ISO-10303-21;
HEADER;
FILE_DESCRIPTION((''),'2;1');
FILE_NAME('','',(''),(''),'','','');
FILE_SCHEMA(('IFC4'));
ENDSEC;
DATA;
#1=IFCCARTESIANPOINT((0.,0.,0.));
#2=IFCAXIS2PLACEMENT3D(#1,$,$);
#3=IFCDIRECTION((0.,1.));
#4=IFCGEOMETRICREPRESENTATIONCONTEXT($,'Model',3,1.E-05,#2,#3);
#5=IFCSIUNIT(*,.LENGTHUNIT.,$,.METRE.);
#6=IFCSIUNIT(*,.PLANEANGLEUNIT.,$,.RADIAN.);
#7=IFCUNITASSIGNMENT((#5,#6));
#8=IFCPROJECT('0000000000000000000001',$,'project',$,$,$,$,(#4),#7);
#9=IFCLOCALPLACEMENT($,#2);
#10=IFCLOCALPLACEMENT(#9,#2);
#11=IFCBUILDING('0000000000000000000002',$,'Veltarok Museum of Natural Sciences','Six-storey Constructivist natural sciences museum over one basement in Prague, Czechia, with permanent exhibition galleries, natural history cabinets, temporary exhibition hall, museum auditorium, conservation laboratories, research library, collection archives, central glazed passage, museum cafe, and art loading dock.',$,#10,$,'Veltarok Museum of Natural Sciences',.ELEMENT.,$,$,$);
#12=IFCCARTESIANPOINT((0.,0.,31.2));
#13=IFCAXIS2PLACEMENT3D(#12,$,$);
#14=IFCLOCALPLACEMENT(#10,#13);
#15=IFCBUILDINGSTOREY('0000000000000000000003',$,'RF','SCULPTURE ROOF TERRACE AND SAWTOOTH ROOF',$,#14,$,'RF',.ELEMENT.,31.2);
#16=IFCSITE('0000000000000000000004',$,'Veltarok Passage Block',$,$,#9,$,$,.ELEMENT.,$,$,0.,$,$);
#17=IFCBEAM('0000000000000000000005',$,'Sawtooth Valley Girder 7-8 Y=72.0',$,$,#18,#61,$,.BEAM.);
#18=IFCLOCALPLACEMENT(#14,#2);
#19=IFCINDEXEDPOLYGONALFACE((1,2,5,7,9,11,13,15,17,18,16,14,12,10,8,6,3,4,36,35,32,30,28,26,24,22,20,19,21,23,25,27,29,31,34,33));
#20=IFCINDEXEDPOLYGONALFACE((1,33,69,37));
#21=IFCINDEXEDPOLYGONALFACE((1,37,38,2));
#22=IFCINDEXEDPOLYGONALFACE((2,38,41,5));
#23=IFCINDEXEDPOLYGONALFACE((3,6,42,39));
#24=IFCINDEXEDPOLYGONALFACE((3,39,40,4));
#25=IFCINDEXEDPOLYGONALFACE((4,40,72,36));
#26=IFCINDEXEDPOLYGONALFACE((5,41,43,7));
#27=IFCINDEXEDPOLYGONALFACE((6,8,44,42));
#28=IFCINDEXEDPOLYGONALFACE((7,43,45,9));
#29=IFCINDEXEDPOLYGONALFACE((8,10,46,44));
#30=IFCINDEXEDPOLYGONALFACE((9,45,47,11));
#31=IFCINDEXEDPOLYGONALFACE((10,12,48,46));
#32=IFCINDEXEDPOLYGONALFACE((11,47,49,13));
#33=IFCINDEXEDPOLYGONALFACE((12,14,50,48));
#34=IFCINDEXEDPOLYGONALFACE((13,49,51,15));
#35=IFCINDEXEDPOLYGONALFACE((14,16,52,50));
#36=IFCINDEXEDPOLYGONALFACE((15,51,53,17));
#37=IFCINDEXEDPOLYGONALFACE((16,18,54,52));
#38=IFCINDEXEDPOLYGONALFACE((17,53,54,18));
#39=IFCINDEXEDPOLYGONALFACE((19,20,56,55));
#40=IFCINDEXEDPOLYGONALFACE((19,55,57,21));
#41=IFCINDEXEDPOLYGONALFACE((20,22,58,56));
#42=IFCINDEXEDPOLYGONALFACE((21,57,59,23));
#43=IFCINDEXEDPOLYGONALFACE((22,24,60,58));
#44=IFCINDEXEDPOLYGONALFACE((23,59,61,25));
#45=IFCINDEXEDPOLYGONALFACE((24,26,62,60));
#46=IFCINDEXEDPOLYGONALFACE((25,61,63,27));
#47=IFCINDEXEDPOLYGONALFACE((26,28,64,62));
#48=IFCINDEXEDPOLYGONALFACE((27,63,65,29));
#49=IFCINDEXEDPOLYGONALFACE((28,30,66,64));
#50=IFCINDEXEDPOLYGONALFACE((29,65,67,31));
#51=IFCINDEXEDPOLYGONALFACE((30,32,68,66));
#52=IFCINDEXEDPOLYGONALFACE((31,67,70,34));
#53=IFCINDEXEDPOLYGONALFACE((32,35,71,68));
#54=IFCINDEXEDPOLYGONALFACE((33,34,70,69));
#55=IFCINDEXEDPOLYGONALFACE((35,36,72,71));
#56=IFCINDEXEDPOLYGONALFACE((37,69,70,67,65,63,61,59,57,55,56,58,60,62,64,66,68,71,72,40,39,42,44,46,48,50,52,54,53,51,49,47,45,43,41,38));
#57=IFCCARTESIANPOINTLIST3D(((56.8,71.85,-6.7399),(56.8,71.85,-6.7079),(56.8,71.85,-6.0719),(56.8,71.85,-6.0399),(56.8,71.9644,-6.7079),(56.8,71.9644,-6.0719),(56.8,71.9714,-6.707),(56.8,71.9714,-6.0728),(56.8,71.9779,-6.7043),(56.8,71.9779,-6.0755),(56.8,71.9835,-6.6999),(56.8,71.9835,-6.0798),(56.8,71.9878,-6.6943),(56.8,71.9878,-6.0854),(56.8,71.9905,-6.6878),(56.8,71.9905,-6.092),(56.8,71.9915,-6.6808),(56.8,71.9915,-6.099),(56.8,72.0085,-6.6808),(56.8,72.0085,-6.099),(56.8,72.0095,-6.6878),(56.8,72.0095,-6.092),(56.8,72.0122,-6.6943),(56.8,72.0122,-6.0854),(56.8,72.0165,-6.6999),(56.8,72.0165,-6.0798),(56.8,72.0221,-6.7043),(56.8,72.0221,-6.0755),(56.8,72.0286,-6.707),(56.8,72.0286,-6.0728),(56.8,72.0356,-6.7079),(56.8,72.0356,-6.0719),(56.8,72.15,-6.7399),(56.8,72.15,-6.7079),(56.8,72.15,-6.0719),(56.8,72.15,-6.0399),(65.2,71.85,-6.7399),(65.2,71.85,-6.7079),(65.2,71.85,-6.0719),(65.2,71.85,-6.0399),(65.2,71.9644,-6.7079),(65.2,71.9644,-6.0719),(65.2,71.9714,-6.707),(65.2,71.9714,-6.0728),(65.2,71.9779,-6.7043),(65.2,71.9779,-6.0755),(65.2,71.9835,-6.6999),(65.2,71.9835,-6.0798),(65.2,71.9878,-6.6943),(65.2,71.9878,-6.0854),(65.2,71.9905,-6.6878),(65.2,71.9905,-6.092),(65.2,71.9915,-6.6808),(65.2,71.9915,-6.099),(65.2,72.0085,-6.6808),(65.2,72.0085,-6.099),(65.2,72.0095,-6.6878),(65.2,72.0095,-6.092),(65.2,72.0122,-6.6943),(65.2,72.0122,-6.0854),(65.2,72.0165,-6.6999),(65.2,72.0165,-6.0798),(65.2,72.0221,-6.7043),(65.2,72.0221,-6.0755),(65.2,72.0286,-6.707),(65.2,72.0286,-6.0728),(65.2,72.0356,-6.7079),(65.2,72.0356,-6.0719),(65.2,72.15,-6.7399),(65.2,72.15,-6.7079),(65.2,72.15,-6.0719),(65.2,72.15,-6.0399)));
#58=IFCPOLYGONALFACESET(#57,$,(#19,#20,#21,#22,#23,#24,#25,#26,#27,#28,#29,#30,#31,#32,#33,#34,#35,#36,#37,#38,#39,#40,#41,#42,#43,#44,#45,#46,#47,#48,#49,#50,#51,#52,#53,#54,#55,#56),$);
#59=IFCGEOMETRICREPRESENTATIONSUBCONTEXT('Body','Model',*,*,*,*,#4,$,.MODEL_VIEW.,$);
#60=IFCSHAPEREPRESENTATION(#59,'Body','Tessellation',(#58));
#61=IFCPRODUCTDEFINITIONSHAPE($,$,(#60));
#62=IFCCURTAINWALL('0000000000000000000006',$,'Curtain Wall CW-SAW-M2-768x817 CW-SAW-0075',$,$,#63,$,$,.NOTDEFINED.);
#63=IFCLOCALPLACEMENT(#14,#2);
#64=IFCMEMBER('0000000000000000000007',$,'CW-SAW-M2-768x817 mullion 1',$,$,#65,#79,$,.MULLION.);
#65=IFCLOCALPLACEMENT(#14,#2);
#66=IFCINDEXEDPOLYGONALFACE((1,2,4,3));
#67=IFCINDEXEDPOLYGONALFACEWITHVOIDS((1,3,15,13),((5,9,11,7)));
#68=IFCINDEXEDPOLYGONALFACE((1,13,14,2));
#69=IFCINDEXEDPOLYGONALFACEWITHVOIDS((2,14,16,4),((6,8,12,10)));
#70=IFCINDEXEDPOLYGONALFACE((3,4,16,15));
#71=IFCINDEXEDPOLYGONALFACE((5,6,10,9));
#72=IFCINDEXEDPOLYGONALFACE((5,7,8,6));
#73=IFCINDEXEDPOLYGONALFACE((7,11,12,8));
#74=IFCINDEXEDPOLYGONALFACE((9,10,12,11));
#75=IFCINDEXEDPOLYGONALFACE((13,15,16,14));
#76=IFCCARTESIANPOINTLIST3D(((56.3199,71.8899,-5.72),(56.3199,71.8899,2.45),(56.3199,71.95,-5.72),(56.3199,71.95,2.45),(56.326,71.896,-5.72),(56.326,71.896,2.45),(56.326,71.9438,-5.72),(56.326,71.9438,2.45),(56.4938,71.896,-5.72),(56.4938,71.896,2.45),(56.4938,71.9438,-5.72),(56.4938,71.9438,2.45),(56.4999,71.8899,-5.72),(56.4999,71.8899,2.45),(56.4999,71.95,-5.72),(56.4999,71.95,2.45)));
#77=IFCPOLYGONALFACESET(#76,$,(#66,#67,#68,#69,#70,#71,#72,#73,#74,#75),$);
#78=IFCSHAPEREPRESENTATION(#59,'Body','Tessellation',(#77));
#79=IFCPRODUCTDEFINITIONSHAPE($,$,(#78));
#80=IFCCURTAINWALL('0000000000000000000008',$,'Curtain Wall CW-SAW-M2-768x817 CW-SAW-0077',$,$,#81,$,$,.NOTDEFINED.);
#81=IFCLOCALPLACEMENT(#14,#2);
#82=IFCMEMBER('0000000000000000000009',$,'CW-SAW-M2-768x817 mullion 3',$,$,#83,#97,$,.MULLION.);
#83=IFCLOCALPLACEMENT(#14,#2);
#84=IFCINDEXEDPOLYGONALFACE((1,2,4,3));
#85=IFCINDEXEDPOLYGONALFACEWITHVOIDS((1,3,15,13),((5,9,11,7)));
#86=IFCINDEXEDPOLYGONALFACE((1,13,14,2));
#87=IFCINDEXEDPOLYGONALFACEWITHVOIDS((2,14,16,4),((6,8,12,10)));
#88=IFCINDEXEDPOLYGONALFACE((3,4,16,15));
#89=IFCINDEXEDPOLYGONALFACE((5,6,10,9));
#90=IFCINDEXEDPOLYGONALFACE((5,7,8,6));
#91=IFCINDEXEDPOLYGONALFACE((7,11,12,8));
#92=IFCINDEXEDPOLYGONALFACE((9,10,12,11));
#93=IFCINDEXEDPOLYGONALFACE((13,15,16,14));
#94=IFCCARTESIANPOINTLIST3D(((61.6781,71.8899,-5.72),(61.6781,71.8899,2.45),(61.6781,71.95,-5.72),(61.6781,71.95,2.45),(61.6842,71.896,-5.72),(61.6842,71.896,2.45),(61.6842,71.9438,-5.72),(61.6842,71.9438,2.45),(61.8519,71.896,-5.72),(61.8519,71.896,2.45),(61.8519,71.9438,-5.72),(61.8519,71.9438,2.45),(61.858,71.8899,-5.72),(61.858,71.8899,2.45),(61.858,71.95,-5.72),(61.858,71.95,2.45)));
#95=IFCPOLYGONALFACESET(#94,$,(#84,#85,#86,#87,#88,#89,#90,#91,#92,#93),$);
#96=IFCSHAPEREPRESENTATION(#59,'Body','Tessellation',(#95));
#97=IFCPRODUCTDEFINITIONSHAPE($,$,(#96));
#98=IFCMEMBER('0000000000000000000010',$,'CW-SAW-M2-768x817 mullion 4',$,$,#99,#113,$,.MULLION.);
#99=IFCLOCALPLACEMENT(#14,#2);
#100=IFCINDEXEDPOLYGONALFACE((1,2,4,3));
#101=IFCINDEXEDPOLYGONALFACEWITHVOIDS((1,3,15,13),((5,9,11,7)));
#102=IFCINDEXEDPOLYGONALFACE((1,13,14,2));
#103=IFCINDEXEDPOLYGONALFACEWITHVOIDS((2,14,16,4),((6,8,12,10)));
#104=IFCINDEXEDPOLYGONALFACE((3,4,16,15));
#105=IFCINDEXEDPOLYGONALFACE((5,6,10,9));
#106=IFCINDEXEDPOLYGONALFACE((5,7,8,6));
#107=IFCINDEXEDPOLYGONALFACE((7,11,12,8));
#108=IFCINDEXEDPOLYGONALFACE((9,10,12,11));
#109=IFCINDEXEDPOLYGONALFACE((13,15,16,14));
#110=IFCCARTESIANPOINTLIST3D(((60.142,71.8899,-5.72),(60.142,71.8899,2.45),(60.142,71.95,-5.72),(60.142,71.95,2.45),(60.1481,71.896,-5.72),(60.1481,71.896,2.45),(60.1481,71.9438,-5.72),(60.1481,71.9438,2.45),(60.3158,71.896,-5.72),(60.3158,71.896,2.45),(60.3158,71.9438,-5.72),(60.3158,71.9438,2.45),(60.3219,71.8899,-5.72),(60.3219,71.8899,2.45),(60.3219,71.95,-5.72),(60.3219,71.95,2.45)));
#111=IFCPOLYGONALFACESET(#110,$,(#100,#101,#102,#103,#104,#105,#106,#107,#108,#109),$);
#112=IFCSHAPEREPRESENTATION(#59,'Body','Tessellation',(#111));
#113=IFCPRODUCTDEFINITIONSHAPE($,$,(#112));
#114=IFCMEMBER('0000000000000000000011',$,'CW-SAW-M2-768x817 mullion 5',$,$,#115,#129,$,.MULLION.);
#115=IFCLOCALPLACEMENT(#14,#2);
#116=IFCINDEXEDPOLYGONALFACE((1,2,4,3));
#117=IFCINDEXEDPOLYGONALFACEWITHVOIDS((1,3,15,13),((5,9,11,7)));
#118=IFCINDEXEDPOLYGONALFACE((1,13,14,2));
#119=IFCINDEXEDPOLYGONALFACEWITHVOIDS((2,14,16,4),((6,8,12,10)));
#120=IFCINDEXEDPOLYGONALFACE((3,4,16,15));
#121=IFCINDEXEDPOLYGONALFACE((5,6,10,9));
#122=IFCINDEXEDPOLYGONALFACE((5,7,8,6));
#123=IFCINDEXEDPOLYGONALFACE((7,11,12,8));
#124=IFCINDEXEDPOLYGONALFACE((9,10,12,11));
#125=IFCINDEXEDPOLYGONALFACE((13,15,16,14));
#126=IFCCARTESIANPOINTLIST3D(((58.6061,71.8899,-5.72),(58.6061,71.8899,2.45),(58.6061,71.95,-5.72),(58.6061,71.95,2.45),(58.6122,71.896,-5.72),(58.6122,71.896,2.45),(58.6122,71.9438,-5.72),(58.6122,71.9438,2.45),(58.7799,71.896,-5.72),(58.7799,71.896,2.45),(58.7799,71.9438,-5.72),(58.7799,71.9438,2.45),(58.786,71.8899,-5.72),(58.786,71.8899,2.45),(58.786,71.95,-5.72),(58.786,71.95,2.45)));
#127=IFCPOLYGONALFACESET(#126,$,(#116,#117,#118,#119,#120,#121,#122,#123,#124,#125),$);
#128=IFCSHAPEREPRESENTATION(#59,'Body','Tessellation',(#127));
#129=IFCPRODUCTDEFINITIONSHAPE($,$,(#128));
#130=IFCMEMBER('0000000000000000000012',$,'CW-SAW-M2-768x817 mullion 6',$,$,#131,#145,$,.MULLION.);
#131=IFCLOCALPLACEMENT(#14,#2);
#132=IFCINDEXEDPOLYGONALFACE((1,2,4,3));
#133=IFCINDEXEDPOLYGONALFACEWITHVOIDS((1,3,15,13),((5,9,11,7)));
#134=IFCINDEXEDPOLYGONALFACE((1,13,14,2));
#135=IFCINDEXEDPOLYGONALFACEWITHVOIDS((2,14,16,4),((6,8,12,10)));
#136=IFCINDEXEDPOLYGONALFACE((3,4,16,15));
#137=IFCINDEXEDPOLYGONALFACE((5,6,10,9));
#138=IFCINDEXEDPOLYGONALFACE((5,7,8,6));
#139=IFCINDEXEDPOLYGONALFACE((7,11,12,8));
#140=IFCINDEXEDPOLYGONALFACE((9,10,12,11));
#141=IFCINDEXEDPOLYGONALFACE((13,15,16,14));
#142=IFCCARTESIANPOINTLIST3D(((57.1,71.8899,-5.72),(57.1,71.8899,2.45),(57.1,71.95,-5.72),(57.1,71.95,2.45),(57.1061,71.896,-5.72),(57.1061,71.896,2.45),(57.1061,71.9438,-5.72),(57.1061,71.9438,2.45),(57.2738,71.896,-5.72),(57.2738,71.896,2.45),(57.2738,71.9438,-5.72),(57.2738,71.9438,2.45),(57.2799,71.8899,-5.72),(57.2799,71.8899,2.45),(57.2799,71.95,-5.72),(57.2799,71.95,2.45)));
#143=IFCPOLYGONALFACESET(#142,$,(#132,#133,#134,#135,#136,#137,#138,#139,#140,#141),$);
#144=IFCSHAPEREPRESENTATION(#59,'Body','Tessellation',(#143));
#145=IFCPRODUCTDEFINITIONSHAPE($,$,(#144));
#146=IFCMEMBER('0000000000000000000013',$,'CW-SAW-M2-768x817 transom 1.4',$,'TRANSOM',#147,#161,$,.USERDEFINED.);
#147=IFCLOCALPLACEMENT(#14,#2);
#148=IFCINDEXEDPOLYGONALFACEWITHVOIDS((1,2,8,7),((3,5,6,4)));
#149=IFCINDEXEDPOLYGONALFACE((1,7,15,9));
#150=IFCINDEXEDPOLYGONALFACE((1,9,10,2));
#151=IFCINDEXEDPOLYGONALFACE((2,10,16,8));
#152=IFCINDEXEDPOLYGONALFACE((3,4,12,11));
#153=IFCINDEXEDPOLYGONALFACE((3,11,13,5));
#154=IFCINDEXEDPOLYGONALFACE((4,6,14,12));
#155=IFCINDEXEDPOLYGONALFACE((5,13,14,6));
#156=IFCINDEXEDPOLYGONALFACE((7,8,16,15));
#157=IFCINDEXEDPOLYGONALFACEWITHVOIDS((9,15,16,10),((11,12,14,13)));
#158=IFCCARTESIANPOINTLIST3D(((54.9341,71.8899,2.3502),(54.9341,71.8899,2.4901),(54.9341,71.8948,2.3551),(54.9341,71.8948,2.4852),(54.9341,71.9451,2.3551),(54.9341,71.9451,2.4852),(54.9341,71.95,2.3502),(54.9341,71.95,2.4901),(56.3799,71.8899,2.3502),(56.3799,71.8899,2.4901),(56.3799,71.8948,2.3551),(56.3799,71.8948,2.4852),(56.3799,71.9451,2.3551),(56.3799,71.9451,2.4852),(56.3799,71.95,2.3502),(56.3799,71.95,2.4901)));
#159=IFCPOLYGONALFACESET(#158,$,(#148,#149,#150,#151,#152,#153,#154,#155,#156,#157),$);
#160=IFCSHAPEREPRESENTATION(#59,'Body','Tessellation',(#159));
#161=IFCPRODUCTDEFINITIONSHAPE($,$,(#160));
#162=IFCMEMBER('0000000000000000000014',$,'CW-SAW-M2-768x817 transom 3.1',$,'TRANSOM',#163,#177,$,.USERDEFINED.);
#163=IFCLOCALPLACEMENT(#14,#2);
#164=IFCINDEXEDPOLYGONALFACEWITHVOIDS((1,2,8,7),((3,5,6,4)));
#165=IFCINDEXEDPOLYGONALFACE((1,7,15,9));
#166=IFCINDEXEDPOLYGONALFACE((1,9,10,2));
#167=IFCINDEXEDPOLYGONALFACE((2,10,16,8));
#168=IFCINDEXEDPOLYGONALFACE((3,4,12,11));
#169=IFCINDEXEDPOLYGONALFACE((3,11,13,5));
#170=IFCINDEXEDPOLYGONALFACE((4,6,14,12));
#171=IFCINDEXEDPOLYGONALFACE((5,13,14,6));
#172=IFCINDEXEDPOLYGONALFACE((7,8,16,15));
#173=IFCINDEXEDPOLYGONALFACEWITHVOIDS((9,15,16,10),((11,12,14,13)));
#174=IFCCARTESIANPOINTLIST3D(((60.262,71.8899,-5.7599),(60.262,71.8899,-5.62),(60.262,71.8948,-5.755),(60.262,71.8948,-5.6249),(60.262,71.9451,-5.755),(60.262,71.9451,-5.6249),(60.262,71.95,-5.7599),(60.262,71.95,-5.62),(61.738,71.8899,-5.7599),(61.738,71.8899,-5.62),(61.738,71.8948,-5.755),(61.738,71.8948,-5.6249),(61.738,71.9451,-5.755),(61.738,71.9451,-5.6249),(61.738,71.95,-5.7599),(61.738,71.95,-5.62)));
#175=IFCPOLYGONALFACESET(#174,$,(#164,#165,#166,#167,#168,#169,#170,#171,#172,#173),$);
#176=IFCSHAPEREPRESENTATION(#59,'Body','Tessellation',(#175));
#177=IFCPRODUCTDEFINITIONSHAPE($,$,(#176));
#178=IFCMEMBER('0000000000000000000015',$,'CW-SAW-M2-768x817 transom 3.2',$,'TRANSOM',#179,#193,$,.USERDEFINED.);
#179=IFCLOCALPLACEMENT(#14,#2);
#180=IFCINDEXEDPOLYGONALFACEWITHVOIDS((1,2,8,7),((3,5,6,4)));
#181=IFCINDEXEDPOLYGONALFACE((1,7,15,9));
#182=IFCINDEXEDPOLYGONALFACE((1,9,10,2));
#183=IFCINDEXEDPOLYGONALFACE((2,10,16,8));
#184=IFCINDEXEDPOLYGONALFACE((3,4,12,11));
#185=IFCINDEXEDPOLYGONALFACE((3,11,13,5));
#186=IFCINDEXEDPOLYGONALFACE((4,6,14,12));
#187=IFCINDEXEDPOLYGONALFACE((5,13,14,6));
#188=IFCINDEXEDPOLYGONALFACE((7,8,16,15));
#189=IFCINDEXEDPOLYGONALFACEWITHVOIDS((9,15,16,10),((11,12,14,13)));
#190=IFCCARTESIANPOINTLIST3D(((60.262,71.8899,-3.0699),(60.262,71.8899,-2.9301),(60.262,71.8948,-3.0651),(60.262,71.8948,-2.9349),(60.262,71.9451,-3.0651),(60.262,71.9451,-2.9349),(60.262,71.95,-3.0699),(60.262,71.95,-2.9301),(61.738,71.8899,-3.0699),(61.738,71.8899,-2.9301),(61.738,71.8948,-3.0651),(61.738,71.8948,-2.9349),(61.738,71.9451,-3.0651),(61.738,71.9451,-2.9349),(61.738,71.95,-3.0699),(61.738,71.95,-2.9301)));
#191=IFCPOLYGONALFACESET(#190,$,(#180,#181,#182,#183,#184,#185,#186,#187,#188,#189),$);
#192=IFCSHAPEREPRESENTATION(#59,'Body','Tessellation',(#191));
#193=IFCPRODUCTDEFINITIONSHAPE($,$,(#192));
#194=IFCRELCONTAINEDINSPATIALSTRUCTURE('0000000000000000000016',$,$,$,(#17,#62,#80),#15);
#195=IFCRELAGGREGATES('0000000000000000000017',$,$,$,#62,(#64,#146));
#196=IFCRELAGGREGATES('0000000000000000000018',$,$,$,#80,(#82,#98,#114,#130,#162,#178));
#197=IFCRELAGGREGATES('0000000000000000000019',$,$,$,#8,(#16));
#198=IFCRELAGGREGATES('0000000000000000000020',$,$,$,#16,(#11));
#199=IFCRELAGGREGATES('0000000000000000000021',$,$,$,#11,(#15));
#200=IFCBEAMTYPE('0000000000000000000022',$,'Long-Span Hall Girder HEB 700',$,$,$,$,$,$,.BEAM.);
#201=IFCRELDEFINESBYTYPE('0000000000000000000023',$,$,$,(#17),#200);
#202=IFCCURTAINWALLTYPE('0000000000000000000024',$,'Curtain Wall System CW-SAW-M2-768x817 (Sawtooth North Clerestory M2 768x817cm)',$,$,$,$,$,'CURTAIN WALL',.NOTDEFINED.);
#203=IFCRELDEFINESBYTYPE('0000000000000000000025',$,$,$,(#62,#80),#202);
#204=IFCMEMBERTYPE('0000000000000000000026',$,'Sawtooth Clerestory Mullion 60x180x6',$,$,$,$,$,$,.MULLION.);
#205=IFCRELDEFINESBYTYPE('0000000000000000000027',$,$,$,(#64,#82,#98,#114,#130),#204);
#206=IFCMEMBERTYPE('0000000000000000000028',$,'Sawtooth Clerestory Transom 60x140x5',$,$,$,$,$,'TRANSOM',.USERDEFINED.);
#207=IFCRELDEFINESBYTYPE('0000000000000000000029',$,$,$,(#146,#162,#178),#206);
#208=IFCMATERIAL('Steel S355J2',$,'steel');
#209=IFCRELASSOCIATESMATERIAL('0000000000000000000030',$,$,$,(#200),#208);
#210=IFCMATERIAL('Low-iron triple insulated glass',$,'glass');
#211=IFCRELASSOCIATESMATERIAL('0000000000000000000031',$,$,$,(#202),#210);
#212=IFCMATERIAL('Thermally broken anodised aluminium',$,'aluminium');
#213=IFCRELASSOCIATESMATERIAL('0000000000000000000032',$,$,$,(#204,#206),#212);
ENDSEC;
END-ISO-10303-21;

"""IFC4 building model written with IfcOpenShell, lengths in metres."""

from ifc_helpers import new_model, si_unit, direction, frame, origin, origin_2d, place, context, subcontext, project, spatial, hollow_rectangle, i_section, extrude, material, material_profile, profile_set, type_object, element, aggregate, save


model = new_model("IFC4")

# Units and contexts
model_context = context("Model", 3, precision=1e-05, world=origin(), true_north=direction((0.0, 1.0)))
body_context = subcontext(model_context, "Body", "Model", "MODEL_VIEW")
ifc_project = project(units=[si_unit("LENGTHUNIT", "METRE"), si_unit("PLANEANGLEUNIT", "RADIAN")], contexts=[model_context])

# Site, building, storey
site_placement = place(None, origin())
site = spatial("IfcSite", under=ifc_project, at=site_placement, Name="Veltarok Passage Block", CompositionType="ELEMENT", RefElevation=0.0)
building_placement = place(site_placement, origin())
building = spatial("IfcBuilding", under=site, at=building_placement, Name="Veltarok Museum of Natural Sciences", Description="Six-storey Constructivist natural sciences museum over one basement in Prague, Czechia, with permanent exhibition galleries, natural history cabinets, temporary exhibition hall, museum auditorium, conservation laboratories, research library, collection archives, central glazed passage, museum cafe, and art loading dock.", LongName="Veltarok Museum of Natural Sciences", CompositionType="ELEMENT")
storey_placement = place(building_placement, frame((0.0, 0.0, 31.2)))
storey = spatial("IfcBuildingStorey", under=building, at=storey_placement, Name="RF", Description="SCULPTURE ROOF TERRACE AND SAWTOOTH ROOF", LongName="RF", CompositionType="ELEMENT", Elevation=31.2)

# Beam
ifc_material_1 = material(Name="Steel S355J2", Category="steel")
ifc_material_profile_1 = material_profile(ifc_material_1, i_section(OverallWidth=0.3, OverallDepth=0.7, WebThickness=0.0171, FlangeThickness=0.032, FilletRadius=0.0271, at=origin_2d()), Name="HEB 700")
ifc_profile_set_1 = profile_set([ifc_material_profile_1], Name="Steel S355J2")
beam_type = type_object("IfcBeamType", Name="Long-Span Hall Girder HEB 700", PredefinedType="BEAM", material=ifc_profile_set_1)
beam_placement = place(storey_placement, frame((56.8, 72.0, -6.3899), z_axis=(1.0, 0.0, 0.0), x_axis=(0.0, 1.0, 0.0)))
element("IfcBeam", 1, at=beam_placement, inside=storey, type_object=beam_type, Name="Sawtooth Valley Girder 7-8 Y=72.0", PredefinedType="BEAM", context=body_context, shape_type="SweptSolid", body=[
    extrude(i_section(OverallWidth=0.3, OverallDepth=0.7, WebThickness=0.0171, FlangeThickness=0.032, FilletRadius=0.0271, at=origin_2d()), origin(), (0.0, 0.0, 1.0), 8.3999),
])

# Curtain wall, member
ifc_material_2 = material(Name="Low-iron triple insulated glass", Category="glass")
curtain_wall_type = type_object("IfcCurtainWallType", Name="Curtain Wall System CW-SAW-M2-768x817 (Sawtooth North Clerestory M2 768x817cm)", ElementType="CURTAIN WALL", PredefinedType="NOTDEFINED", material=ifc_material_2)
curtain_wall_1_placement = place(storey_placement, origin())
curtain_wall_1 = element("IfcCurtainWall", 2, at=curtain_wall_1_placement, inside=storey, type_object=curtain_wall_type, Name="Curtain Wall CW-SAW-M2-768x817 CW-SAW-0075", PredefinedType="NOTDEFINED")
ifc_material_3 = material(Name="Thermally broken anodised aluminium", Category="aluminium")
ifc_material_profile_2 = material_profile(ifc_material_3, hollow_rectangle(XDim=0.0601, YDim=0.1799, WallThickness=0.0061, at=origin_2d()), Name="CW MULLION 60x180x6")
ifc_profile_set_2 = profile_set([ifc_material_profile_2], Name="Thermally broken anodised aluminium")
member_type_1 = type_object("IfcMemberType", Name="Sawtooth Clerestory Mullion 60x180x6", PredefinedType="MULLION", material=ifc_profile_set_2)
member_1_placement = place(storey_placement, frame((56.4099, 71.9199, -5.72), z_axis=(0.0, 0.0, 1.0), x_axis=(0.0, -1.0, 0.0)))
member_1 = element("IfcMember", 3, at=member_1_placement, type_object=member_type_1, Name="CW-SAW-M2-768x817 mullion 1", PredefinedType="MULLION", context=body_context, shape_type="SweptSolid", body=[
    extrude(hollow_rectangle(XDim=0.0601, YDim=0.1799, WallThickness=0.0061, at=origin_2d()), origin(), (0.0, 0.0, 1.0), 8.1699),
])

# Curtain wall, members
curtain_wall_2_placement = place(storey_placement, origin())
curtain_wall_2 = element("IfcCurtainWall", 4, at=curtain_wall_2_placement, inside=storey, type_object=curtain_wall_type, Name="Curtain Wall CW-SAW-M2-768x817 CW-SAW-0077", PredefinedType="NOTDEFINED")
member_2_placement = place(storey_placement, frame((61.7681, 71.9199, -5.72), z_axis=(0.0, 0.0, 1.0), x_axis=(0.0, -1.0, 0.0)))
member_2 = element("IfcMember", 5, at=member_2_placement, type_object=member_type_1, Name="CW-SAW-M2-768x817 mullion 3", PredefinedType="MULLION", context=body_context, shape_type="SweptSolid", body=[
    extrude(hollow_rectangle(XDim=0.0601, YDim=0.1799, WallThickness=0.0061, at=origin_2d()), origin(), (0.0, 0.0, 1.0), 8.1699),
])
member_3_placement = place(storey_placement, frame((60.2319, 71.9199, -5.72), z_axis=(0.0, 0.0, 1.0), x_axis=(0.0, -1.0, 0.0)))
member_3 = element("IfcMember", 6, at=member_3_placement, type_object=member_type_1, Name="CW-SAW-M2-768x817 mullion 4", PredefinedType="MULLION", context=body_context, shape_type="SweptSolid", body=[
    extrude(hollow_rectangle(XDim=0.0601, YDim=0.1799, WallThickness=0.0061, at=origin_2d()), origin(), (0.0, 0.0, 1.0), 8.1699),
])
member_4_placement = place(storey_placement, frame((58.696, 71.9199, -5.72), z_axis=(0.0, 0.0, 1.0), x_axis=(0.0, -1.0, 0.0)))
member_4 = element("IfcMember", 7, at=member_4_placement, type_object=member_type_1, Name="CW-SAW-M2-768x817 mullion 5", PredefinedType="MULLION", context=body_context, shape_type="SweptSolid", body=[
    extrude(hollow_rectangle(XDim=0.0601, YDim=0.1799, WallThickness=0.0061, at=origin_2d()), origin(), (0.0, 0.0, 1.0), 8.1699),
])
member_5_placement = place(storey_placement, frame((57.1899, 71.9199, -5.72), z_axis=(0.0, 0.0, 1.0), x_axis=(0.0, -1.0, 0.0)))
member_5 = element("IfcMember", 8, at=member_5_placement, type_object=member_type_1, Name="CW-SAW-M2-768x817 mullion 6", PredefinedType="MULLION", context=body_context, shape_type="SweptSolid", body=[
    extrude(hollow_rectangle(XDim=0.0601, YDim=0.1799, WallThickness=0.0061, at=origin_2d()), origin(), (0.0, 0.0, 1.0), 8.1699),
])

# Members
ifc_material_profile_3 = material_profile(ifc_material_3, hollow_rectangle(XDim=0.0601, YDim=0.1399, WallThickness=0.0049, at=origin_2d()), Name="CW TRANSOM 60x140x5")
ifc_profile_set_3 = profile_set([ifc_material_profile_3], Name="Thermally broken anodised aluminium")
member_type_2 = type_object("IfcMemberType", Name="Sawtooth Clerestory Transom 60x140x5", ElementType="TRANSOM", PredefinedType="USERDEFINED", material=ifc_profile_set_3)
member_6_placement = place(storey_placement, frame((56.3799, 71.9199, 2.4202), z_axis=(-1.0, 0.0, 0.0), x_axis=(0.0, -1.0, 0.0)))
member_6 = element("IfcMember", 9, at=member_6_placement, type_object=member_type_2, Name="CW-SAW-M2-768x817 transom 1.4", ObjectType="TRANSOM", PredefinedType="USERDEFINED", context=body_context, shape_type="SweptSolid", body=[
    extrude(hollow_rectangle(XDim=0.0601, YDim=0.1399, WallThickness=0.0049, at=origin_2d()), origin(), (0.0, 0.0, 1.0), 1.4458),
])
aggregate(curtain_wall_1, [member_1, member_6])
member_7_placement = place(storey_placement, frame((61.738, 71.9199, -5.6899), z_axis=(-1.0, 0.0, 0.0), x_axis=(0.0, -1.0, 0.0)))
member_7 = element("IfcMember", 10, at=member_7_placement, type_object=member_type_2, Name="CW-SAW-M2-768x817 transom 3.1", ObjectType="TRANSOM", PredefinedType="USERDEFINED", context=body_context, shape_type="SweptSolid", body=[
    extrude(hollow_rectangle(XDim=0.0601, YDim=0.1399, WallThickness=0.0049, at=origin_2d()), origin(), (0.0, 0.0, 1.0), 1.4761),
])
member_8_placement = place(storey_placement, frame((61.738, 71.9199, -3.0), z_axis=(-1.0, 0.0, 0.0), x_axis=(0.0, -1.0, 0.0)))
member_8 = element("IfcMember", 11, at=member_8_placement, type_object=member_type_2, Name="CW-SAW-M2-768x817 transom 3.2", ObjectType="TRANSOM", PredefinedType="USERDEFINED", context=body_context, shape_type="SweptSolid", body=[
    extrude(hollow_rectangle(XDim=0.0601, YDim=0.1399, WallThickness=0.0049, at=origin_2d()), origin(), (0.0, 0.0, 1.0), 1.4761),
])

aggregate(curtain_wall_2, [member_2, member_3, member_4, member_5, member_7, member_8])

save(model, "model.ifc")
